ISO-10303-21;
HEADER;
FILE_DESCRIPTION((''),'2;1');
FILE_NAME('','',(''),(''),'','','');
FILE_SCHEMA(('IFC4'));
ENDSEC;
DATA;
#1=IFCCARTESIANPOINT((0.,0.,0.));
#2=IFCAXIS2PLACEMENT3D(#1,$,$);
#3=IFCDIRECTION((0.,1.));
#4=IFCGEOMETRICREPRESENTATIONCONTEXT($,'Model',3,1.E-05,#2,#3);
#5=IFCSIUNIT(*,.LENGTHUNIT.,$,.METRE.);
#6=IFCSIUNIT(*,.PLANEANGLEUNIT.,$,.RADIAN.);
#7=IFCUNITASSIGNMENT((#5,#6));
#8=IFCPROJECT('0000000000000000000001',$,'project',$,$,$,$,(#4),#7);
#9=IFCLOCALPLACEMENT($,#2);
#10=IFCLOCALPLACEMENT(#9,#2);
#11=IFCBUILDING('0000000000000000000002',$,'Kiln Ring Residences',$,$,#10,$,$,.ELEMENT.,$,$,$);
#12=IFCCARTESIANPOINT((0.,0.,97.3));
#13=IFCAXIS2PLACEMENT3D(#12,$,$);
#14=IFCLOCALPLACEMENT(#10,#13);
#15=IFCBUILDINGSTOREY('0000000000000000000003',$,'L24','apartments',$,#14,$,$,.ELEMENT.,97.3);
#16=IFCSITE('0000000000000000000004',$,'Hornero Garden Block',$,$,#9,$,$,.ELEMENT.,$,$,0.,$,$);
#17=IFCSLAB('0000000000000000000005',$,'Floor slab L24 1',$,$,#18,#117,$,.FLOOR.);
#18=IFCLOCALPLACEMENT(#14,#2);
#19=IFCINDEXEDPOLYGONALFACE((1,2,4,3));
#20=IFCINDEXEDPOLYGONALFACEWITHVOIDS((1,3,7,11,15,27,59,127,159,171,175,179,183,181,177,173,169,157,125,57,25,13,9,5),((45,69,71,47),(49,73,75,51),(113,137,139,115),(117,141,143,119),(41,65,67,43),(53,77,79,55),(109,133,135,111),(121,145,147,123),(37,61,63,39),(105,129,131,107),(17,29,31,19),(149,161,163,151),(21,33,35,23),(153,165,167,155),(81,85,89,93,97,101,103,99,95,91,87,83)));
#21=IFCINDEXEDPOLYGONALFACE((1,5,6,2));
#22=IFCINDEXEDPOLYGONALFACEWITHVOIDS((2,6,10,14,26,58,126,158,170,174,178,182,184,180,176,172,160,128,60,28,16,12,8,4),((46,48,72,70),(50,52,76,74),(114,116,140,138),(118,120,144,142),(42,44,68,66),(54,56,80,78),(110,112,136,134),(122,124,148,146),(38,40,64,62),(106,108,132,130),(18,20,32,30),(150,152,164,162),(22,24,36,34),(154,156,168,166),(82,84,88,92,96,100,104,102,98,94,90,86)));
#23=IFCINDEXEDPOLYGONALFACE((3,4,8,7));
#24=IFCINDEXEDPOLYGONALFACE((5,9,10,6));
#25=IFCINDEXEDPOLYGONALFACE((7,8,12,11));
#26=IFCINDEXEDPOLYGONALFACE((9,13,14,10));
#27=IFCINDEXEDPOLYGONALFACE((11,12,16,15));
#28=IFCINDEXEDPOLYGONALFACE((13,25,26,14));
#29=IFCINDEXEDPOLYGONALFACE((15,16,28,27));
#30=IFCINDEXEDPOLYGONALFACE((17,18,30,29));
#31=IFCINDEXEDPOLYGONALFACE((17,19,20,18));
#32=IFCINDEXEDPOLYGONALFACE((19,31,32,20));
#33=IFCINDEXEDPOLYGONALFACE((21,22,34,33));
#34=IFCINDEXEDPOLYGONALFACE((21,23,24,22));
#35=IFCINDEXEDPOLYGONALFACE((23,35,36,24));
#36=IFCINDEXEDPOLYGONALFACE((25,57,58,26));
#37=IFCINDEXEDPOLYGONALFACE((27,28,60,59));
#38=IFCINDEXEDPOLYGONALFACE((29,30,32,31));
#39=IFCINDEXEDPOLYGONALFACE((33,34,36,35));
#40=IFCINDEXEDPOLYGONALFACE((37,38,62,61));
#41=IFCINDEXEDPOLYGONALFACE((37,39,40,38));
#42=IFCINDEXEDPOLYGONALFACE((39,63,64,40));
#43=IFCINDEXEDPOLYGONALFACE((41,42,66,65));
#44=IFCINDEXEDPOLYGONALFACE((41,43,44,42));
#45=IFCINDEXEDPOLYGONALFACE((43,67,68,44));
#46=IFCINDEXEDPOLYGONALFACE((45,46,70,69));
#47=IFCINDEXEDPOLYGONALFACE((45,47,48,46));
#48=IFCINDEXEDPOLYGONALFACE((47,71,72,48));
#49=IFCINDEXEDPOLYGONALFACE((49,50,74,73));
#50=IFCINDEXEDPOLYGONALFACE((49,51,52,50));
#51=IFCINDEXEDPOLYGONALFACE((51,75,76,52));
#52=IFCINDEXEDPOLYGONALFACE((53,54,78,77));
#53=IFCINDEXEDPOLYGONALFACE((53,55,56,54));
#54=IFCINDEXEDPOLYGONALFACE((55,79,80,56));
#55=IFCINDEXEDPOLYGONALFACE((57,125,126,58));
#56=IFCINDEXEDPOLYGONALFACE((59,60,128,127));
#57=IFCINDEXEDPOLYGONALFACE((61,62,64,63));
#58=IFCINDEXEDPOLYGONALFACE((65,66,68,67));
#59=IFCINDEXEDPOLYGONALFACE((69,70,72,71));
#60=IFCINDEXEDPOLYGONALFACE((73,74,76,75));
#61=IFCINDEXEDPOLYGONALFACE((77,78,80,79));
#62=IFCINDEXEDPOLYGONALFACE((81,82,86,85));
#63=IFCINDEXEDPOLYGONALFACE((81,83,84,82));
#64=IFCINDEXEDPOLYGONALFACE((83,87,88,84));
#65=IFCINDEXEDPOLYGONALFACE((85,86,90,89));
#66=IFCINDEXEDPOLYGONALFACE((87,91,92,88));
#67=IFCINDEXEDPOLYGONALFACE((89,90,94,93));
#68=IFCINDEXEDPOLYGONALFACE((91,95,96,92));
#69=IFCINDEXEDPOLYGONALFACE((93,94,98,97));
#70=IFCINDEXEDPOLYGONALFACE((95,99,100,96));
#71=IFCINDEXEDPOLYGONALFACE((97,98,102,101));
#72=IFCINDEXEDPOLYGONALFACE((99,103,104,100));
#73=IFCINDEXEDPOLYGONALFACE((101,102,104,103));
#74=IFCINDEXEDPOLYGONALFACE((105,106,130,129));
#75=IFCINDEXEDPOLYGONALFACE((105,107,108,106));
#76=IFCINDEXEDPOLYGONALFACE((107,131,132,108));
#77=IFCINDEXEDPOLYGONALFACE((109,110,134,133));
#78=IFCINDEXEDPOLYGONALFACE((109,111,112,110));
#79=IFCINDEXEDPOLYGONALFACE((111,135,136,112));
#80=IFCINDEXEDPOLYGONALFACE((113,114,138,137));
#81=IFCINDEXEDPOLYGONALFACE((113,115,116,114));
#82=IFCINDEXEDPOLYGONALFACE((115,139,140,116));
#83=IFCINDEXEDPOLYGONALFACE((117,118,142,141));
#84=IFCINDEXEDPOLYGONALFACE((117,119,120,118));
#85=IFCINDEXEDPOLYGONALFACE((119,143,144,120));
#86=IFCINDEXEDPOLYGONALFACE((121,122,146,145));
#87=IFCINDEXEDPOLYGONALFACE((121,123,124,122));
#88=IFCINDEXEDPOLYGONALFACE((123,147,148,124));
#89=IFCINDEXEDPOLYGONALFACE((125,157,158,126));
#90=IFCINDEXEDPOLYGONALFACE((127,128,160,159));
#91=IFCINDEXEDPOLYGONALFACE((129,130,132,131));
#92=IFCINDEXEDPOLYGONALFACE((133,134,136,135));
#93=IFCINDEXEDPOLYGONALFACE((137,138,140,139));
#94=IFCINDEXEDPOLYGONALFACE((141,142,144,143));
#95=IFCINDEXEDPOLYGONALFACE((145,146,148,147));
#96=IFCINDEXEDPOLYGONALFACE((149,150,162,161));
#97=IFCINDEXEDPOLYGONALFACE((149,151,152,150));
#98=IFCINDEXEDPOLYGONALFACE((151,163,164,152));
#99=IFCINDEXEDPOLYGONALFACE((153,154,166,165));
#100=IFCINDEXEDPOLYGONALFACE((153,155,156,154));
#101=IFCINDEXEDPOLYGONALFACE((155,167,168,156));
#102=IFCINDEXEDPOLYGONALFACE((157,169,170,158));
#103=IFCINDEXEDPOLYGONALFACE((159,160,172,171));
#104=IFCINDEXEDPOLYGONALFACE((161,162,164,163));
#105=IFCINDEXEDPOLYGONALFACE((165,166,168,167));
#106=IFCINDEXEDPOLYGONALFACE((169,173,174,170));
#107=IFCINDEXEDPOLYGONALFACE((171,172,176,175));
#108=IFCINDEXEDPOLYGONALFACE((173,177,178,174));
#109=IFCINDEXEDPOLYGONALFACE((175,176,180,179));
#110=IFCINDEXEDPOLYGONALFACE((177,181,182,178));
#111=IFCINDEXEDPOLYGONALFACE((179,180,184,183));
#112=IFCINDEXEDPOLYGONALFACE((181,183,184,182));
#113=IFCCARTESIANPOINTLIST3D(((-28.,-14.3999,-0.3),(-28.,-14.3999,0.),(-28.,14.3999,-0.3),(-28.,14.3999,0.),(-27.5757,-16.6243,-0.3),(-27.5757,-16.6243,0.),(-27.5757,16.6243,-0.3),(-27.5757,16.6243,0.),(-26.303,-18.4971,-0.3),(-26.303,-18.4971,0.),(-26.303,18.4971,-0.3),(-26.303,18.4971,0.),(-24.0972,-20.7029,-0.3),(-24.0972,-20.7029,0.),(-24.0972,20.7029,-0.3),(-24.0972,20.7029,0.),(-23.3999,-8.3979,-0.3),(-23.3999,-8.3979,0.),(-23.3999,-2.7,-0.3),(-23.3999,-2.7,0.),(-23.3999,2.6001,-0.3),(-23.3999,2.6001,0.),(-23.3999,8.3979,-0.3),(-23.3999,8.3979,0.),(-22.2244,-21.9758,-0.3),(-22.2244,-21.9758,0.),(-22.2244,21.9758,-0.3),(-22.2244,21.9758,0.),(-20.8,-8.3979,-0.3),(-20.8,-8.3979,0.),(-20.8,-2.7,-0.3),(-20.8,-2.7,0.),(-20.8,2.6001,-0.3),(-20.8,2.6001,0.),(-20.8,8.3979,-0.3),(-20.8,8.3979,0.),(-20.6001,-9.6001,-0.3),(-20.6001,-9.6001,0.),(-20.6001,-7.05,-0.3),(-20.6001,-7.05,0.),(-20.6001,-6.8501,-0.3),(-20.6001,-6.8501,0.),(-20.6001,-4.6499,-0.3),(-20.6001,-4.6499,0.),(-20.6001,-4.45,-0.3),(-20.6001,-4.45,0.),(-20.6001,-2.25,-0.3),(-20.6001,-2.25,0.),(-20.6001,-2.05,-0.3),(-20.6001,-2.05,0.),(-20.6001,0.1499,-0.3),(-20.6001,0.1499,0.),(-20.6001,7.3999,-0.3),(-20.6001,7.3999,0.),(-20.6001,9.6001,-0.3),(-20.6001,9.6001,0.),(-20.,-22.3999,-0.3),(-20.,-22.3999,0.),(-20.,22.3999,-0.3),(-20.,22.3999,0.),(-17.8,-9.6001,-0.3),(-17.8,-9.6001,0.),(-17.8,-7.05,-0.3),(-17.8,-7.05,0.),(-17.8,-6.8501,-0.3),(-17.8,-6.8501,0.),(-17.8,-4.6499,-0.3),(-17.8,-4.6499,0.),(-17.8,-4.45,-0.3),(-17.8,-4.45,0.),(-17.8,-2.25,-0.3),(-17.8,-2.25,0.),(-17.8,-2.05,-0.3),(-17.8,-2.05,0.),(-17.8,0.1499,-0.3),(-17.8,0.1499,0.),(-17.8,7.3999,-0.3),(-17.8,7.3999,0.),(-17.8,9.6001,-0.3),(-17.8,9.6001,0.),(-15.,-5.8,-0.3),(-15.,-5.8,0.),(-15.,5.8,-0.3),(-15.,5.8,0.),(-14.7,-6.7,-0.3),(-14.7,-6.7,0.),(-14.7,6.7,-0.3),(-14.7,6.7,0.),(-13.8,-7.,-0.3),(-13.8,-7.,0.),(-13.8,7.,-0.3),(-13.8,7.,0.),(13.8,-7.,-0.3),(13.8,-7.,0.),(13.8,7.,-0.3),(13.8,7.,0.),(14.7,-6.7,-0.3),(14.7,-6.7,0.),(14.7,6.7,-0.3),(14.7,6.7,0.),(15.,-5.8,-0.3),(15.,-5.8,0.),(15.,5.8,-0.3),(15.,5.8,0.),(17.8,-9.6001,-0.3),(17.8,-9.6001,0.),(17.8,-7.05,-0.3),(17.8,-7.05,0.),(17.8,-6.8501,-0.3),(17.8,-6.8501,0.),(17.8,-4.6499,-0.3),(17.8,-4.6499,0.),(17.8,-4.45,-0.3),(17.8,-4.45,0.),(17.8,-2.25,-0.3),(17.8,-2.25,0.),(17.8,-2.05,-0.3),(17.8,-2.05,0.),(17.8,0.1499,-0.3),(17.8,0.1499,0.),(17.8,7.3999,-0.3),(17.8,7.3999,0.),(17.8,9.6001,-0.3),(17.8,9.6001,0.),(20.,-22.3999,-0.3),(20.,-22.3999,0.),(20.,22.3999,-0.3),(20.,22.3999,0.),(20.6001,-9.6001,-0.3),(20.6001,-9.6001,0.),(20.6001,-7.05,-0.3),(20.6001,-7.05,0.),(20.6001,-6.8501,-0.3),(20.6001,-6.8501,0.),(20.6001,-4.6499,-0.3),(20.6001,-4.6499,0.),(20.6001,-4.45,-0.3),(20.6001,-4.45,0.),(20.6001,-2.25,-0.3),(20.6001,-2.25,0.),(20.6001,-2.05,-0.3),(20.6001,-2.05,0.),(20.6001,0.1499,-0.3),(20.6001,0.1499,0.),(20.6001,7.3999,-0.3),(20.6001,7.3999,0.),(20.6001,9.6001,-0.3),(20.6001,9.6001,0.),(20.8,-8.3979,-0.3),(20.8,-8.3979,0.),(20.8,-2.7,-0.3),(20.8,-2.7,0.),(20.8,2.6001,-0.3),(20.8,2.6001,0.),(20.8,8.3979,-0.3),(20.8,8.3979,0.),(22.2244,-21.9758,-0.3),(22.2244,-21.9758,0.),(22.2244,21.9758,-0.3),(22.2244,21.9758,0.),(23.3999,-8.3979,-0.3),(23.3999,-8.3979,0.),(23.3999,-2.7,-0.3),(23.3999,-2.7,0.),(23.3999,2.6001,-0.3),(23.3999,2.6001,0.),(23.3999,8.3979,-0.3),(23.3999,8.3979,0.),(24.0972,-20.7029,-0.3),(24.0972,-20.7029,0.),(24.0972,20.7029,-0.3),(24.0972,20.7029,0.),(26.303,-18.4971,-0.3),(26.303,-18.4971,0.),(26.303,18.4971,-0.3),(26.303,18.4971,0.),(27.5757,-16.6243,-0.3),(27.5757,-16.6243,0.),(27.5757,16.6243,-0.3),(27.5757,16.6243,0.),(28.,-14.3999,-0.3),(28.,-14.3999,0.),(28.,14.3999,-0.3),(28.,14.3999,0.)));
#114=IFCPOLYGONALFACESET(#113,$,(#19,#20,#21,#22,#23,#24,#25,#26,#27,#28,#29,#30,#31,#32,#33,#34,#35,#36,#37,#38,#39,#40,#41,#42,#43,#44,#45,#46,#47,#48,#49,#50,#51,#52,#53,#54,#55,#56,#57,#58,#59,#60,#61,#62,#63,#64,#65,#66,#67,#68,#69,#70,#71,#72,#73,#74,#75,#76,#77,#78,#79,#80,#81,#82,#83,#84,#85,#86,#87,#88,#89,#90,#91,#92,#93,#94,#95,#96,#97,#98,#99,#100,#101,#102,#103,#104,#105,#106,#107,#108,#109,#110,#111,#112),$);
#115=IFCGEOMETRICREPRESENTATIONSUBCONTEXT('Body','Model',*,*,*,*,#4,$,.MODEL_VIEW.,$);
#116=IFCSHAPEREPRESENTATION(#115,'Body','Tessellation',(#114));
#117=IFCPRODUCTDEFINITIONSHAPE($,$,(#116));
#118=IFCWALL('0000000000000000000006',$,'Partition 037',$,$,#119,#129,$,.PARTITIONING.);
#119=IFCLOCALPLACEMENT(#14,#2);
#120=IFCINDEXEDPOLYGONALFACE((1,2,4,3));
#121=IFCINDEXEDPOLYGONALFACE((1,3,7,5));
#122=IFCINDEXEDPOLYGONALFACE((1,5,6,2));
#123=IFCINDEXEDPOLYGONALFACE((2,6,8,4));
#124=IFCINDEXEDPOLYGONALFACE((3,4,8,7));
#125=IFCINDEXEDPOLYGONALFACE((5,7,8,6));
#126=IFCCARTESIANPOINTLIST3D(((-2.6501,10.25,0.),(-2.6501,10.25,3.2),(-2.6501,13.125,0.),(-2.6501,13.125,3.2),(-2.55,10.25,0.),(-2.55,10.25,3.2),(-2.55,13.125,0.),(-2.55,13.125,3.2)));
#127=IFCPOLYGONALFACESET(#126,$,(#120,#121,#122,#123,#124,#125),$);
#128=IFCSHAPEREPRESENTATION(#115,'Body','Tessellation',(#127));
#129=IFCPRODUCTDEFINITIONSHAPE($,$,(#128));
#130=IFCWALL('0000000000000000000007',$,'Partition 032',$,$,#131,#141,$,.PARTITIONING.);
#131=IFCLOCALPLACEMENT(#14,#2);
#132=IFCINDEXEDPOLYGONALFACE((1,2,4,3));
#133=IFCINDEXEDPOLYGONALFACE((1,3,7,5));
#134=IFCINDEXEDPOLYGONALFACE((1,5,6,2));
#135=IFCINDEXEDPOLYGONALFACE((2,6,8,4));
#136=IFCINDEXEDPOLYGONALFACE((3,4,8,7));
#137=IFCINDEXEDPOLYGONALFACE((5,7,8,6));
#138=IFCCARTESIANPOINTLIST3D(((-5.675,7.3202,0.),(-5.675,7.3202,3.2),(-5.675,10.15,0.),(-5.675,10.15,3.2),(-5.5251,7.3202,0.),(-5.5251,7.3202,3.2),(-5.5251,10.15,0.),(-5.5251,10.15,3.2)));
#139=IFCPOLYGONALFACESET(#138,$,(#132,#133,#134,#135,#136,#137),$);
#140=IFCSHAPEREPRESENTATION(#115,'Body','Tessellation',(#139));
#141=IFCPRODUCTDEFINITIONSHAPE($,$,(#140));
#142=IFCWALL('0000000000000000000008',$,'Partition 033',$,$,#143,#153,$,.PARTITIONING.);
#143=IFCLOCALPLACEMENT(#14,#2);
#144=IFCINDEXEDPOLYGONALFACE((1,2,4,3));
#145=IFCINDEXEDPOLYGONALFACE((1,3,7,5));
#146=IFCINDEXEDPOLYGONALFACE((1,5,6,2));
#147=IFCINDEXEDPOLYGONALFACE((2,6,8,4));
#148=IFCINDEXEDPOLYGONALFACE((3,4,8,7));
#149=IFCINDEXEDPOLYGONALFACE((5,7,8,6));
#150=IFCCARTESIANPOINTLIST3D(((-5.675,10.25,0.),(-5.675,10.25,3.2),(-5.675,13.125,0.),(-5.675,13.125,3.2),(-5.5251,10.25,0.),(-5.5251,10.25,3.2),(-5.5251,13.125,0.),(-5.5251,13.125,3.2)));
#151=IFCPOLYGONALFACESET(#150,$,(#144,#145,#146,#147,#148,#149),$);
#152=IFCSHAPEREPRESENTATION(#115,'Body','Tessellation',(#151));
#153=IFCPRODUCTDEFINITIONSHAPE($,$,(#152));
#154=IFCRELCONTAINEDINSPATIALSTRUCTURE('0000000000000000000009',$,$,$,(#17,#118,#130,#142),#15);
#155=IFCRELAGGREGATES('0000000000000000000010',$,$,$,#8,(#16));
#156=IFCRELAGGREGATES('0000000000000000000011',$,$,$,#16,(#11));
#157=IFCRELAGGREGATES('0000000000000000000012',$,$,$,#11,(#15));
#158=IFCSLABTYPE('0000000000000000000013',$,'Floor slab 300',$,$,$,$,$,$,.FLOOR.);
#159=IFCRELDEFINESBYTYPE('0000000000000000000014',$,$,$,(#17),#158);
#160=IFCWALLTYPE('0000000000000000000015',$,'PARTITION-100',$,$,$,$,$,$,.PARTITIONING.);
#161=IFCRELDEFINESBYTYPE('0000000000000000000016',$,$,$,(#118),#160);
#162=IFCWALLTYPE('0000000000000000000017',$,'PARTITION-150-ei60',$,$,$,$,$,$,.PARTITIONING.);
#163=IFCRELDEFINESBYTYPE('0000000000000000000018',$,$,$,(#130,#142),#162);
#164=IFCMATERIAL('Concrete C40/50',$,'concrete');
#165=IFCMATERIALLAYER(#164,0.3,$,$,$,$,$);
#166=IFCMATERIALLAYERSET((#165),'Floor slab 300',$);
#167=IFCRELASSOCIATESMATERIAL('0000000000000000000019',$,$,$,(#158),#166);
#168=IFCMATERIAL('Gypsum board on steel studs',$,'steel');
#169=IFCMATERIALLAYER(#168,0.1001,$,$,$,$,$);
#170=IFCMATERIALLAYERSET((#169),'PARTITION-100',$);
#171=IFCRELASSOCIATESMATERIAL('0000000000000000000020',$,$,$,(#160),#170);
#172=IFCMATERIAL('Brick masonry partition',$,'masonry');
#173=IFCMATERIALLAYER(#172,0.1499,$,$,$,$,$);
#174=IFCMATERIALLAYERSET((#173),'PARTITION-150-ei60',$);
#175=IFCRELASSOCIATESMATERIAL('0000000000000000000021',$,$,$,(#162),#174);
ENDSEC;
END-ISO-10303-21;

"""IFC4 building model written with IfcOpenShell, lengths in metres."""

from ifc_helpers import new_model, si_unit, direction, frame, frame_2d, origin, place, context, subcontext, project, spatial, polyline, rectangle, outline, extrude, material, layer, layer_set, type_object, element, save


model = new_model("IFC4")

# Units and contexts
model_context = context("Model", 3, precision=1e-05, world=origin(), true_north=direction((0.0, 1.0)))
body_context = subcontext(model_context, "Body", "Model", "MODEL_VIEW")
ifc_project = project(units=[si_unit("LENGTHUNIT", "METRE"), si_unit("PLANEANGLEUNIT", "RADIAN")], contexts=[model_context])

# Site, building, storey
site_placement = place(None, origin())
site = spatial("IfcSite", under=ifc_project, at=site_placement, Name="Hornero Garden Block", CompositionType="ELEMENT", RefElevation=0.0)
building_placement = place(site_placement, origin())
building = spatial("IfcBuilding", under=site, at=building_placement, Name="Kiln Ring Residences", CompositionType="ELEMENT")
storey_placement = place(building_placement, frame((0.0, 0.0, 97.3)))
storey = spatial("IfcBuildingStorey", under=building, at=storey_placement, Name="L24", Description="apartments", CompositionType="ELEMENT", Elevation=97.3)

# Slab
ifc_material_1 = material(Name="Concrete C40/50", Category="concrete")
ifc_layer_1 = layer(ifc_material_1, 0.3)
ifc_layer_set_1 = layer_set([ifc_layer_1], Name="Floor slab 300")
slab_type = type_object("IfcSlabType", Name="Floor slab 300", PredefinedType="FLOOR", material=ifc_layer_set_1)
slab_placement = place(storey_placement, frame((0.0, 0.0, -0.3)))
element("IfcSlab", 1, at=slab_placement, inside=storey, type_object=slab_type, Name="Floor slab L24 1", PredefinedType="FLOOR", context=body_context, shape_type="SweptSolid", body=[
    extrude(outline(polyline([(-26.303, -18.4971), (-24.0972, -20.7029), (-22.2244, -21.9758), (-20.0, -22.3999), (20.0, -22.3999), (22.2244, -21.9758), (24.0972, -20.7029), (26.303, -18.4971), (27.5757, -16.6243), (28.0, -14.3999), (28.0, 14.3999), (27.5757, 16.6243), (26.303, 18.4971), (24.0972, 20.7029), (22.2244, 21.9758), (20.0, 22.3999), (-20.0, 22.3999), (-22.2244, 21.9758), (-24.0972, 20.7029), (-26.303, 18.4971), (-27.5757, 16.6243), (-28.0, 14.3999), (-28.0, -14.3999), (-27.5757, -16.6243), (-26.303, -18.4971)]), holes=[polyline([(-14.7, -6.7), (-15.0, -5.8), (-15.0, 5.8), (-14.7, 6.7), (-13.8, 7.0), (13.8, 7.0), (14.7, 6.7), (15.0, 5.8), (15.0, -5.8), (14.7, -6.7), (13.8, -7.0), (-13.8, -7.0), (-14.7, -6.7)]), polyline([(20.8, -8.3979), (20.8, -2.7), (23.3999, -2.7), (23.3999, -8.3979), (20.8, -8.3979)]), polyline([(20.8, 2.6001), (20.8, 8.3979), (23.3999, 8.3979), (23.3999, 2.6001), (20.8, 2.6001)]), polyline([(17.8, -6.8501), (17.8, -4.6499), (20.6001, -4.6499), (20.6001, -6.8501), (17.8, -6.8501)]), polyline([(17.8, -4.45), (17.8, -2.25), (20.6001, -2.25), (20.6001, -4.45), (17.8, -4.45)]), polyline([(17.8, -2.05), (17.8, 0.1499), (20.6001, 0.1499), (20.6001, -2.05), (17.8, -2.05)]), polyline([(17.8, 7.3999), (17.8, 9.6001), (20.6001, 9.6001), (20.6001, 7.3999), (17.8, 7.3999)]), polyline([(20.6001, -9.6001), (17.8, -9.6001), (17.8, -7.05), (20.6001, -7.05), (20.6001, -9.6001)]), polyline([(-17.8, -7.05), (-17.8, -9.6001), (-20.6001, -9.6001), (-20.6001, -7.05), (-17.8, -7.05)]), polyline([(-17.8, -6.8501), (-20.6001, -6.8501), (-20.6001, -4.6499), (-17.8, -4.6499), (-17.8, -6.8501)]), polyline([(-17.8, -4.45), (-20.6001, -4.45), (-20.6001, -2.25), (-17.8, -2.25), (-17.8, -4.45)]), polyline([(-17.8, -2.05), (-20.6001, -2.05), (-20.6001, 0.1499), (-17.8, 0.1499), (-17.8, -2.05)]), polyline([(-17.8, 7.3999), (-20.6001, 7.3999), (-20.6001, 9.6001), (-17.8, 9.6001), (-17.8, 7.3999)]), polyline([(-20.8, -8.3979), (-23.3999, -8.3979), (-23.3999, -2.7), (-20.8, -2.7), (-20.8, -8.3979)]), polyline([(-20.8, 2.6001), (-23.3999, 2.6001), (-23.3999, 8.3979), (-20.8, 8.3979), (-20.8, 2.6001)])]), origin(), (0.0, 0.0, 1.0), 0.3),
])

# Walls
ifc_material_2 = material(Name="Gypsum board on steel studs", Category="steel")
ifc_layer_2 = layer(ifc_material_2, 0.1001)
ifc_layer_set_2 = layer_set([ifc_layer_2], Name="PARTITION-100")
wall_type_1 = type_object("IfcWallType", Name="PARTITION-100", PredefinedType="PARTITIONING", material=ifc_layer_set_2)
wall_1_placement = place(storey_placement, frame((-2.6001, 10.25, 0.0), z_axis=(0.0, 0.0, 1.0), x_axis=(0.0, 1.0, 0.0)))
element("IfcWall", 2, at=wall_1_placement, inside=storey, type_object=wall_type_1, Name="Partition 037", PredefinedType="PARTITIONING", context=body_context, shape_type="SweptSolid", body=[
    extrude(rectangle(XDim=2.875, YDim=0.1001, at=frame_2d((1.4375, 0.0))), origin(), (0.0, 0.0, 1.0), 3.2),
])
ifc_material_3 = material(Name="Brick masonry partition", Category="masonry")
ifc_layer_3 = layer(ifc_material_3, 0.1499)
ifc_layer_set_3 = layer_set([ifc_layer_3], Name="PARTITION-150-ei60")
wall_type_2 = type_object("IfcWallType", Name="PARTITION-150-ei60", PredefinedType="PARTITIONING", material=ifc_layer_set_3)
wall_2_placement = place(storey_placement, frame((-5.6001, 7.3201, 0.0), z_axis=(0.0, 0.0, 1.0), x_axis=(0.0, 1.0, 0.0)))
element("IfcWall", 3, at=wall_2_placement, inside=storey, type_object=wall_type_2, Name="Partition 032", PredefinedType="PARTITIONING", context=body_context, shape_type="SweptSolid", body=[
    extrude(rectangle(XDim=2.8298, YDim=0.1499, at=frame_2d((1.415, 0.0))), origin(), (0.0, 0.0, 1.0), 3.2),
])
wall_3_placement = place(storey_placement, frame((-5.6001, 10.25, 0.0), z_axis=(0.0, 0.0, 1.0), x_axis=(0.0, 1.0, 0.0)))
element("IfcWall", 4, at=wall_3_placement, inside=storey, type_object=wall_type_2, Name="Partition 033", PredefinedType="PARTITIONING", context=body_context, shape_type="SweptSolid", body=[
    extrude(rectangle(XDim=2.875, YDim=0.1499, at=frame_2d((1.4375, 0.0))), origin(), (0.0, 0.0, 1.0), 3.2),
])

save(model, "model.ifc")
